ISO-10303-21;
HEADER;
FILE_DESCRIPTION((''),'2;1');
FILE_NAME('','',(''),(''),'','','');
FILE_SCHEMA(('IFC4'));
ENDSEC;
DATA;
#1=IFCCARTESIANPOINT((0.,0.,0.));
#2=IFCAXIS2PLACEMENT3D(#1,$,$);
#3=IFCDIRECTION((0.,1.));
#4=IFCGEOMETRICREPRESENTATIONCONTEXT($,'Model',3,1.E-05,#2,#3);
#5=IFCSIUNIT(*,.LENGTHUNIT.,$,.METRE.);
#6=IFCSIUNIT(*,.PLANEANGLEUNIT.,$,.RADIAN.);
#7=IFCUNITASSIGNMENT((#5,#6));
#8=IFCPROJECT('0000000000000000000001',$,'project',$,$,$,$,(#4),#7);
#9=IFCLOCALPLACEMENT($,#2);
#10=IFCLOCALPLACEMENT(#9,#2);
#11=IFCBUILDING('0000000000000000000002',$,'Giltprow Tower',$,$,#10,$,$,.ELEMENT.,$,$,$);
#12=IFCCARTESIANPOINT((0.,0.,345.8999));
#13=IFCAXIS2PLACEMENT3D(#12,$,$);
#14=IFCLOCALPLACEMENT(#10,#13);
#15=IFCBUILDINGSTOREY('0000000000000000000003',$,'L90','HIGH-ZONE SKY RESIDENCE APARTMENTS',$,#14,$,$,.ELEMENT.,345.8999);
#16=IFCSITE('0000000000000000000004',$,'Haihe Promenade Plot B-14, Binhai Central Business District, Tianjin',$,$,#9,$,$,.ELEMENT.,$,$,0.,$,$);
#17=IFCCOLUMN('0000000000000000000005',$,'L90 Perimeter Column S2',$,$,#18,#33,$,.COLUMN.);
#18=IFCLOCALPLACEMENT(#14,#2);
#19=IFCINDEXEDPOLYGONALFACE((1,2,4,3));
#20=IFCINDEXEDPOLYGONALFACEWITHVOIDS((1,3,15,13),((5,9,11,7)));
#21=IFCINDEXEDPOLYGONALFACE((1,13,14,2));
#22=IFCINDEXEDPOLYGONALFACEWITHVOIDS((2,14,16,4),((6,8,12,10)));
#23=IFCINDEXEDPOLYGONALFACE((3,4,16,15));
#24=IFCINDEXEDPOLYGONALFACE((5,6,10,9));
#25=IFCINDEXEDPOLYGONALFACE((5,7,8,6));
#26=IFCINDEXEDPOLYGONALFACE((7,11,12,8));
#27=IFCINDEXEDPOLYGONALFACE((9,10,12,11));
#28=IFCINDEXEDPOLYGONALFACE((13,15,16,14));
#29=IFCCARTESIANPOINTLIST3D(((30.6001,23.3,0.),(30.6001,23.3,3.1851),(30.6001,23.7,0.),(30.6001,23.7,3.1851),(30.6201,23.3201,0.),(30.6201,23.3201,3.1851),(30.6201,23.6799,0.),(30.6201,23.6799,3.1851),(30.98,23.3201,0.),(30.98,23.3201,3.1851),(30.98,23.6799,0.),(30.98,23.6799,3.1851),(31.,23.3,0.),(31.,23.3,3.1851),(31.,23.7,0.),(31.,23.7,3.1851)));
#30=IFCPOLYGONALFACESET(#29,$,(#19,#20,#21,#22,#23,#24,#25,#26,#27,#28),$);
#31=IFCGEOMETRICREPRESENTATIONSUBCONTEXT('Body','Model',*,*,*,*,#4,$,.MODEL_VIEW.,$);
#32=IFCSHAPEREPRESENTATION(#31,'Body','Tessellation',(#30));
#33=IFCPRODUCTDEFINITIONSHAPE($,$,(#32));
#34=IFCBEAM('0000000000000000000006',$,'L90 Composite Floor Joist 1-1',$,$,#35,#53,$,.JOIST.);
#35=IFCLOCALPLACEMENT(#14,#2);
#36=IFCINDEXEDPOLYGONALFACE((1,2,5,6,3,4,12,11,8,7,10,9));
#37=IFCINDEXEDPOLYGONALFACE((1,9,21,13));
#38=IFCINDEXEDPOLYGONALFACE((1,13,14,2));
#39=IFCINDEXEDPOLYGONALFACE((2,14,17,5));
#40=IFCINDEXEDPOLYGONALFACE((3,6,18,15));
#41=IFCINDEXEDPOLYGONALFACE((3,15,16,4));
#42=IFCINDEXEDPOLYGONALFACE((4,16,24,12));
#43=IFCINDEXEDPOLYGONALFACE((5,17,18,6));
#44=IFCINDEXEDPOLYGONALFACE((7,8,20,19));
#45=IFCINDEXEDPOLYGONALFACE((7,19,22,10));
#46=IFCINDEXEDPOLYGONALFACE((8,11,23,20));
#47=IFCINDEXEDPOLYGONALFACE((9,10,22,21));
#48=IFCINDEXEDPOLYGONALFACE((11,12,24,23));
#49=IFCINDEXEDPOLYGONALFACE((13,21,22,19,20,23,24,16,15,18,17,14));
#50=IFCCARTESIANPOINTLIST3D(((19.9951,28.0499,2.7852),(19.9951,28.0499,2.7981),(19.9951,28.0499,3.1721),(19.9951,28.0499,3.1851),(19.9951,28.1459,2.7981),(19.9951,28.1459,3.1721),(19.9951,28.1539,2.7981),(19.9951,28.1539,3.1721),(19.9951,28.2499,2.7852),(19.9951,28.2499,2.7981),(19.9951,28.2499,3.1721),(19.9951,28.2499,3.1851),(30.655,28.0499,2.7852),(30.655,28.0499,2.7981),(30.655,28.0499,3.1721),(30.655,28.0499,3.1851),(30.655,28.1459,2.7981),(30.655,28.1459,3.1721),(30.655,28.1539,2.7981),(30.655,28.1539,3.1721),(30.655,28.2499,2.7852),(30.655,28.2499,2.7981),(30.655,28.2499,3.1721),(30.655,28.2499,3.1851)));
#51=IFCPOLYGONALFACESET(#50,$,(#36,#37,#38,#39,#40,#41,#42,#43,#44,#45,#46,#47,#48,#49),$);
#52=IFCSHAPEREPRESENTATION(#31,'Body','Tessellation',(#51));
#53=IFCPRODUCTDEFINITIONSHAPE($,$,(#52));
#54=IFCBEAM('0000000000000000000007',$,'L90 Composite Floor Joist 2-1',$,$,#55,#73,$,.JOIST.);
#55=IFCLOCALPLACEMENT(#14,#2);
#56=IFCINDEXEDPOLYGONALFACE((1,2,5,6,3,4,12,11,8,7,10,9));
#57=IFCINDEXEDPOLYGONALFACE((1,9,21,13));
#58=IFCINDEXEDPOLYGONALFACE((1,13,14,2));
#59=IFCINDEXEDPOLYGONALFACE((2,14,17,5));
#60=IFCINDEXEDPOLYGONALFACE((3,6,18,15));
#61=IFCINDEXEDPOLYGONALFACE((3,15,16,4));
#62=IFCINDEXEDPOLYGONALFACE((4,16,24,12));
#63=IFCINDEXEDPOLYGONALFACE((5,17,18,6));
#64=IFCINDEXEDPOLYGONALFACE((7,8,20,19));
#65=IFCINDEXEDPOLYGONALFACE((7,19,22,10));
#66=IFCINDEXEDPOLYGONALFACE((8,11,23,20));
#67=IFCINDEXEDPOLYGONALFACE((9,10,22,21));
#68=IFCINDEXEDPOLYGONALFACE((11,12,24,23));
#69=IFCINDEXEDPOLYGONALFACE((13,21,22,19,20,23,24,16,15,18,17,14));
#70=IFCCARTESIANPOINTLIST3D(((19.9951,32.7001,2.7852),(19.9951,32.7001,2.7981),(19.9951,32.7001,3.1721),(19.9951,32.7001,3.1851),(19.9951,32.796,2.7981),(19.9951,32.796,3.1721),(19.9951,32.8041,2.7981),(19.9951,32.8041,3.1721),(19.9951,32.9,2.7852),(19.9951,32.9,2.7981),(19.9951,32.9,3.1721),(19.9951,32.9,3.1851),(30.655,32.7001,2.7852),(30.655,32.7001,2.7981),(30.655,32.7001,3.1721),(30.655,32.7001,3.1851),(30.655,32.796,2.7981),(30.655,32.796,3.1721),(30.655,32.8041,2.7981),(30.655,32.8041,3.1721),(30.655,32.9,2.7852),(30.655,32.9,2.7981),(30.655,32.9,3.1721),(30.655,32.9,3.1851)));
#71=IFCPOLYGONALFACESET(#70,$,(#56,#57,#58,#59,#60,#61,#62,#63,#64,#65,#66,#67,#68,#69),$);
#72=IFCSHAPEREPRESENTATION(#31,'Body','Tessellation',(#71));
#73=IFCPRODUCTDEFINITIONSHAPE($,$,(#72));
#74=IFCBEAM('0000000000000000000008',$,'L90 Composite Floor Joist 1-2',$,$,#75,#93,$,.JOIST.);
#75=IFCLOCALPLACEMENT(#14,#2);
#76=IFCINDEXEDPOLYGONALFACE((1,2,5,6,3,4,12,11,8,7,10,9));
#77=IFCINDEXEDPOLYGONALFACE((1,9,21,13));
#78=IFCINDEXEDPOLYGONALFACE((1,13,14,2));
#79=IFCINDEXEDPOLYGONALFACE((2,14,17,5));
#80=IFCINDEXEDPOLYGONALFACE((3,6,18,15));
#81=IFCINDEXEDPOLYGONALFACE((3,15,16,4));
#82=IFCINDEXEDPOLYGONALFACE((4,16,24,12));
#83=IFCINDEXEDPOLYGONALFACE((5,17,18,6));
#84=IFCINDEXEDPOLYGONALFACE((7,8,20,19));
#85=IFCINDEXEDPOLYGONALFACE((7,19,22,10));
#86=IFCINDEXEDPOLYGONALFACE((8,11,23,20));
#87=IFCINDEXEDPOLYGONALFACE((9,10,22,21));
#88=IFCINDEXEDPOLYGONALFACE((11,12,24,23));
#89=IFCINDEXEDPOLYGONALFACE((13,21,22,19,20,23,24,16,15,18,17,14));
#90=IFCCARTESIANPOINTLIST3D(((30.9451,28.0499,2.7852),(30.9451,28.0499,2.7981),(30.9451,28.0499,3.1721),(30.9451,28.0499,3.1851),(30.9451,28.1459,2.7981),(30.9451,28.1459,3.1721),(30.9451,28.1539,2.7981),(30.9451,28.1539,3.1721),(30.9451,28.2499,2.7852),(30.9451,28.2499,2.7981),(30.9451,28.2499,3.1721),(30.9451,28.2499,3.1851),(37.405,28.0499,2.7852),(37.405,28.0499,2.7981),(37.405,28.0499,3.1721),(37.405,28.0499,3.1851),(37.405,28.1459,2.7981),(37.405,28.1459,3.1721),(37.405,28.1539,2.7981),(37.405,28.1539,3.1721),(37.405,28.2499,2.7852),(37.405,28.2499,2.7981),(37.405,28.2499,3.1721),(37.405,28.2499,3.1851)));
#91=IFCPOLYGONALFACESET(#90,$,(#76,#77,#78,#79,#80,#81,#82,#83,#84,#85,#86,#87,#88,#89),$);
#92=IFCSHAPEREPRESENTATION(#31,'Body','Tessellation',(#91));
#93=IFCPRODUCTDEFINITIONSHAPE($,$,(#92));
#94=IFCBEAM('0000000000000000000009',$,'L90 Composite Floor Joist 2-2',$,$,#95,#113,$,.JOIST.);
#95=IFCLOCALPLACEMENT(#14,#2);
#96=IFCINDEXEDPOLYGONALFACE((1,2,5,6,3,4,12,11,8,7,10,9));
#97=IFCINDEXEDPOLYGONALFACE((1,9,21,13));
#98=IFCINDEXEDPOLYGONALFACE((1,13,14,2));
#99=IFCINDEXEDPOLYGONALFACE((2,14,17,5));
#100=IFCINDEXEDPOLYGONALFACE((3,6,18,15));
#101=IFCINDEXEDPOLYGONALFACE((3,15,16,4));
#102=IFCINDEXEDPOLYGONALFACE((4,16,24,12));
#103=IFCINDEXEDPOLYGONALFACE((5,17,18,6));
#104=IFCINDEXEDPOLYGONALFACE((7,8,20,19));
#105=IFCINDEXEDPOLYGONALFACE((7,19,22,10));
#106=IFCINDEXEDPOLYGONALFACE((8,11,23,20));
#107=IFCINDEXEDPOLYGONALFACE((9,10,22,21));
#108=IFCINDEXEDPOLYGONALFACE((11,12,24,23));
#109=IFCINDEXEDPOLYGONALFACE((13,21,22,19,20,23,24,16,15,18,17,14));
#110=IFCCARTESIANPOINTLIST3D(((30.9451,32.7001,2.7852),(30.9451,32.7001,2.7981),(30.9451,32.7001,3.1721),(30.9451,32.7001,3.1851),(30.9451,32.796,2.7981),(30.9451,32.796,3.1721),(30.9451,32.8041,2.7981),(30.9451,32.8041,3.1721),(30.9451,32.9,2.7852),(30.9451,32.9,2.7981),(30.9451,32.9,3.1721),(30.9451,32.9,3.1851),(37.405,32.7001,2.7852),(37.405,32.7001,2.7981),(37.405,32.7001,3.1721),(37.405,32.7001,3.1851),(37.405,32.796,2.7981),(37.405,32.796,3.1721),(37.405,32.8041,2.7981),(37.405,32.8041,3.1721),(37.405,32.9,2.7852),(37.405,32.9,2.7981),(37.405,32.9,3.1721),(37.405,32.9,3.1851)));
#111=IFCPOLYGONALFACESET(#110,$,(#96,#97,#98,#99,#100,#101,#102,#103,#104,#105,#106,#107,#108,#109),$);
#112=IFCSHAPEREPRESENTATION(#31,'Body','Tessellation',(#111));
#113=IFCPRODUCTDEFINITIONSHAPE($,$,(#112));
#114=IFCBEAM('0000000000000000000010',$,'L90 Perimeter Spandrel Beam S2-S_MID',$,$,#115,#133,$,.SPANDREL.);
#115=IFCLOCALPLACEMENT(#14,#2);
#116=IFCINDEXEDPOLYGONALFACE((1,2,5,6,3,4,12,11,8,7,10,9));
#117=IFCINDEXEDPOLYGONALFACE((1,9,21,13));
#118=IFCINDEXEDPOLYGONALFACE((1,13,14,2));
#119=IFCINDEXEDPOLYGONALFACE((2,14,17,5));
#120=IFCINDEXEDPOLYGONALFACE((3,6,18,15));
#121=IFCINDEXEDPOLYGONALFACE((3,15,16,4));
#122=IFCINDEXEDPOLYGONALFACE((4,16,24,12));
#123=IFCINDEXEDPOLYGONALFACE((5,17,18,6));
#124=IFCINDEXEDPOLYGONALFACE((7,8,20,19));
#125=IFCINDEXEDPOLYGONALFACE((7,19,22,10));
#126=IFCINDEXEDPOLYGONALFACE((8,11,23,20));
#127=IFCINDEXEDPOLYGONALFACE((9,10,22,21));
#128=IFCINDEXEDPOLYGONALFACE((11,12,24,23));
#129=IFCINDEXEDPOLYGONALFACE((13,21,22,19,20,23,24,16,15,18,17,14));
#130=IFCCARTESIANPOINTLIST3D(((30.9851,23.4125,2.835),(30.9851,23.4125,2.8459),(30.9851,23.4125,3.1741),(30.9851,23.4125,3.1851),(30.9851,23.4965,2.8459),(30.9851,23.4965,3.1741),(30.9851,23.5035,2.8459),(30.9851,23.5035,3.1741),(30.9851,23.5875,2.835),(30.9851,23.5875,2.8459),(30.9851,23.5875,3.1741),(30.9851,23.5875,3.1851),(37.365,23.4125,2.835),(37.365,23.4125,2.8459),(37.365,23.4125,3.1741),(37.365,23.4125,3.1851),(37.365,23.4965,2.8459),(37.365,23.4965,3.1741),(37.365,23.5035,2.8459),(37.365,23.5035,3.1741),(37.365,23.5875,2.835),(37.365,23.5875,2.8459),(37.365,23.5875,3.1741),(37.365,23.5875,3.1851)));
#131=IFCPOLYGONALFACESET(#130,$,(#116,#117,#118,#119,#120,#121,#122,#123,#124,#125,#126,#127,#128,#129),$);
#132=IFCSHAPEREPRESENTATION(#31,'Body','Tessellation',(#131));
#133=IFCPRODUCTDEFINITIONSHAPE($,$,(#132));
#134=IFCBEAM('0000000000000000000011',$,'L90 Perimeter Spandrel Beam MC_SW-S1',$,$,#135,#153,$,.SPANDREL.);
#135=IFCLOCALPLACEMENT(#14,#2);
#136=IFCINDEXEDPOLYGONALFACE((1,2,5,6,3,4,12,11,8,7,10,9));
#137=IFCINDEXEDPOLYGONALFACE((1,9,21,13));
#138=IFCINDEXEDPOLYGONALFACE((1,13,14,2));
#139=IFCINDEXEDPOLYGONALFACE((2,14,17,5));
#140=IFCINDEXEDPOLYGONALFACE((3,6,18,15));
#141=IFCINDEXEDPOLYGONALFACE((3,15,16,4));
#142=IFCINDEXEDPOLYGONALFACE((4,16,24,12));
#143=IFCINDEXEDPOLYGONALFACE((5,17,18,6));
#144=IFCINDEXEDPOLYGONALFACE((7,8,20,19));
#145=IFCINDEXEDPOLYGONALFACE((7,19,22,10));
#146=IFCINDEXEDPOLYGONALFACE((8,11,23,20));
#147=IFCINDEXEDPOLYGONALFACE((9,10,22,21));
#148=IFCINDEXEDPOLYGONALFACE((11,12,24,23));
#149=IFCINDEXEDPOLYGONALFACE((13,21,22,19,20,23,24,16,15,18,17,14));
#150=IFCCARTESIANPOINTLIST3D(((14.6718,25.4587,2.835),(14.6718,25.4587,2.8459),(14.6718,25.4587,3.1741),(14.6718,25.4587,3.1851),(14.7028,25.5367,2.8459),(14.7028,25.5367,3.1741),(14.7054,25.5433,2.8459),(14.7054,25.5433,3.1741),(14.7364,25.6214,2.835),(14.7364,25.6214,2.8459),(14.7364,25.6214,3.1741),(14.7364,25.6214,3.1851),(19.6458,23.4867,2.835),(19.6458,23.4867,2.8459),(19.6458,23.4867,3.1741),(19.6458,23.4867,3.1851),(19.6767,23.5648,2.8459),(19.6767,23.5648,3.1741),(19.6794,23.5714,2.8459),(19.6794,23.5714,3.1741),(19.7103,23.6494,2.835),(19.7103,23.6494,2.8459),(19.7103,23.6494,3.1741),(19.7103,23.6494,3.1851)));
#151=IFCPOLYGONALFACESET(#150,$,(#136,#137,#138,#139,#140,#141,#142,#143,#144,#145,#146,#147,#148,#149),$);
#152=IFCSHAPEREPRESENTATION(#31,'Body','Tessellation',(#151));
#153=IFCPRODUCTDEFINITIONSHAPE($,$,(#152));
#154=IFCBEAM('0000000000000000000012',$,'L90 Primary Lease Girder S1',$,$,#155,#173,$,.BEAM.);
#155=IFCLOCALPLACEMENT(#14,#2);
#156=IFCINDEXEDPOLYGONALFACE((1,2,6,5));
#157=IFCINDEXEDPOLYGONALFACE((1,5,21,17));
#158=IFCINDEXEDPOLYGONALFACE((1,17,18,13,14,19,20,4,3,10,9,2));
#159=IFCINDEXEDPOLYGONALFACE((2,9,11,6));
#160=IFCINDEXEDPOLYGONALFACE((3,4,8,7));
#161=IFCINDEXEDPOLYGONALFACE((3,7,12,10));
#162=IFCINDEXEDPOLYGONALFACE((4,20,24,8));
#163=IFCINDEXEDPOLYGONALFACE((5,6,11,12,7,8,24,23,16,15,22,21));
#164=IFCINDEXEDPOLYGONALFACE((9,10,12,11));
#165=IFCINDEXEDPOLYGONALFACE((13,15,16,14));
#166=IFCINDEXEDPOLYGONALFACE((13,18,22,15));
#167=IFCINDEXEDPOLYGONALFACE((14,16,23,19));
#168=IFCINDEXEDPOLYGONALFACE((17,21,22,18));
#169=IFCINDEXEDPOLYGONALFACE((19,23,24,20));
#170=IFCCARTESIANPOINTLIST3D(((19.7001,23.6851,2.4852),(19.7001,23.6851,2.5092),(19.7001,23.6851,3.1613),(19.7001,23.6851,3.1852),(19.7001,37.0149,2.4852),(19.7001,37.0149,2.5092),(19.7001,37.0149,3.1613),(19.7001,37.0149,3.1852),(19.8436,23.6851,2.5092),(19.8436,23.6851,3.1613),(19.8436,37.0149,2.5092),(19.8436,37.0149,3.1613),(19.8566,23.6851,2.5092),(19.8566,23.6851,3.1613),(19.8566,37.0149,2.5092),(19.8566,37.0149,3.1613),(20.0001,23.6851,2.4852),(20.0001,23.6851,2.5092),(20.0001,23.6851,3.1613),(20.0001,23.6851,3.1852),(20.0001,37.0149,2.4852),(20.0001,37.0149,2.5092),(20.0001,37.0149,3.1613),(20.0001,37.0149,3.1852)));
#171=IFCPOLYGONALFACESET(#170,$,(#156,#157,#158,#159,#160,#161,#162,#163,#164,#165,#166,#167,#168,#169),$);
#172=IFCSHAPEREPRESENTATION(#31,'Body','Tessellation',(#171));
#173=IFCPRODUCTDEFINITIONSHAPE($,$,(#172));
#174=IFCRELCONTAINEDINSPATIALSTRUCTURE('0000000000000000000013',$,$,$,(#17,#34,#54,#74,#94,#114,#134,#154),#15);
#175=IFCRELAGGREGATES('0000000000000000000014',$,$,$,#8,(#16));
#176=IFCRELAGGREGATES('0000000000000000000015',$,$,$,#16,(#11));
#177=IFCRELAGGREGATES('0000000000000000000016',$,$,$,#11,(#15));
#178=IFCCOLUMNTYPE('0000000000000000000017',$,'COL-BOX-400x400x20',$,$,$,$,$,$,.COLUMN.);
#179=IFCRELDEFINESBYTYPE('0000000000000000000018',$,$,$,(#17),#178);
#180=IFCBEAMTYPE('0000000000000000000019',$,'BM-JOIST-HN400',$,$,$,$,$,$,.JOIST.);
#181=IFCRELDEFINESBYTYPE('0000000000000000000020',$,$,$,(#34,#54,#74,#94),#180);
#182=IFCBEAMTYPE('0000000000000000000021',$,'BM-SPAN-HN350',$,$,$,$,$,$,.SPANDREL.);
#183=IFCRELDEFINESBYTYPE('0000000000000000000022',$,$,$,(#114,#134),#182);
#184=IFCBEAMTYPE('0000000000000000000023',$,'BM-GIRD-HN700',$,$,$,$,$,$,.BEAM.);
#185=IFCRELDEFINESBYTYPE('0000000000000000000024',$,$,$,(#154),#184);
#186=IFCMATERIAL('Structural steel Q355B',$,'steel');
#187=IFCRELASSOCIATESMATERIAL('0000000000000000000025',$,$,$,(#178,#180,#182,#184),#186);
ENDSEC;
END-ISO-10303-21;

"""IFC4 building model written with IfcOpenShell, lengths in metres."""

from ifc_helpers import new_model, si_unit, direction, frame, origin, origin_2d, place, context, subcontext, project, spatial, hollow_rectangle, i_section, extrude, source, transform, mapped, material, material_profile, profile_set, type_object, element, save


model = new_model("IFC4")

# Units and contexts
model_context = context("Model", 3, precision=1e-05, world=origin(), true_north=direction((0.0, 1.0)))
body_context = subcontext(model_context, "Body", "Model", "MODEL_VIEW")
ifc_project = project(units=[si_unit("LENGTHUNIT", "METRE"), si_unit("PLANEANGLEUNIT", "RADIAN")], contexts=[model_context])

# Site, building, storey
site_placement = place(None, origin())
site = spatial("IfcSite", under=ifc_project, at=site_placement, Name="Haihe Promenade Plot B-14, Binhai Central Business District, Tianjin", CompositionType="ELEMENT", RefElevation=0.0)
building_placement = place(site_placement, origin())
building = spatial("IfcBuilding", under=site, at=building_placement, Name="Giltprow Tower", CompositionType="ELEMENT")
storey_placement = place(building_placement, frame((0.0, 0.0, 345.8999)))
storey = spatial("IfcBuildingStorey", under=building, at=storey_placement, Name="L90", Description="HIGH-ZONE SKY RESIDENCE APARTMENTS", CompositionType="ELEMENT", Elevation=345.8999)

# Column
ifc_material_1 = material(Name="Structural steel Q355B", Category="steel")
ifc_material_profile_1 = material_profile(ifc_material_1, hollow_rectangle(XDim=0.3999, YDim=0.3999, WallThickness=0.02, at=origin_2d()), Name="BOX 400x400x20")
ifc_profile_set_1 = profile_set([ifc_material_profile_1], Name="Structural steel Q355B")
column_type = type_object("IfcColumnType", Name="COL-BOX-400x400x20", PredefinedType="COLUMN", material=ifc_profile_set_1)
shared_shape_1 = source(origin(), body_context, "Body", "SweptSolid", [
    extrude(hollow_rectangle(XDim=0.3999, YDim=0.3999, WallThickness=0.02, at=origin_2d()), origin(), (0.0, 0.0, 1.0), 3.1851),
])
column_placement = place(storey_placement, frame((30.8, 23.5, 0.0), z_axis=(0.0, 0.0, 1.0), x_axis=(1.0, 0.0, 0.0)))
element("IfcColumn", 1, at=column_placement, inside=storey, type_object=column_type, Name="L90 Perimeter Column S2", PredefinedType="COLUMN", context=body_context, shape_type="MappedRepresentation", body=[
    mapped(shared_shape_1, transform((0.0, 0.0, 0.0), x_axis=(1.0, 0.0, 0.0), y_axis=(0.0, 1.0, 0.0), z_axis=(0.0, 0.0, 1.0), scale=1.0)),
])

# Beams
ifc_material_profile_2 = material_profile(ifc_material_1, i_section(OverallWidth=0.2, OverallDepth=0.3999, WebThickness=0.0081, FlangeThickness=0.0129, at=origin_2d()), Name="HN 400x200x8x13")
ifc_profile_set_2 = profile_set([ifc_material_profile_2], Name="Structural steel Q355B")
beam_type_1 = type_object("IfcBeamType", Name="BM-JOIST-HN400", PredefinedType="JOIST", material=ifc_profile_set_2)
shared_shape_2 = source(origin(), body_context, "Body", "SweptSolid", [
    extrude(i_section(OverallWidth=0.2, OverallDepth=0.3999, WebThickness=0.0081, FlangeThickness=0.0129, at=origin_2d()), origin(), (0.0, 0.0, 1.0), 10.6599),
])
for number, where, z_axis, x_axis, name in (
    (2, (19.9951, 28.1499, 2.9851), (1.0, 0.0, 0.0), (0.0, 1.0, 0.0), "L90 Composite Floor Joist 1-1"),
    (3, (19.9951, 32.8, 2.9851), (1.0, 0.0, 0.0), (0.0, 1.0, 0.0), "L90 Composite Floor Joist 2-1"),
):
    element("IfcBeam", number, at=place(storey_placement, frame(where, z_axis=z_axis, x_axis=x_axis)), inside=storey, type_object=beam_type_1, Name=name, PredefinedType="JOIST", context=body_context, shape_type="MappedRepresentation", body=[
        mapped(shared_shape_2, transform((0.0, 0.0, 0.0), x_axis=(1.0, 0.0, 0.0), y_axis=(0.0, 1.0, 0.0), z_axis=(0.0, 0.0, 1.0), scale=1.0)),
    ])
shared_shape_3 = source(origin(), body_context, "Body", "SweptSolid", [
    extrude(i_section(OverallWidth=0.2, OverallDepth=0.3999, WebThickness=0.0081, FlangeThickness=0.0129, at=origin_2d()), origin(), (0.0, 0.0, 1.0), 6.46),
])
for number, where, z_axis, x_axis, name in (
    (4, (30.9451, 28.1499, 2.9851), (1.0, 0.0, 0.0), (0.0, 1.0, 0.0), "L90 Composite Floor Joist 1-2"),
    (5, (30.9451, 32.8, 2.9851), (1.0, 0.0, 0.0), (0.0, 1.0, 0.0), "L90 Composite Floor Joist 2-2"),
):
    element("IfcBeam", number, at=place(storey_placement, frame(where, z_axis=z_axis, x_axis=x_axis)), inside=storey, type_object=beam_type_1, Name=name, PredefinedType="JOIST", context=body_context, shape_type="MappedRepresentation", body=[
        mapped(shared_shape_3, transform((0.0, 0.0, 0.0), x_axis=(1.0, 0.0, 0.0), y_axis=(0.0, 1.0, 0.0), z_axis=(0.0, 0.0, 1.0), scale=1.0)),
    ])
ifc_material_profile_3 = material_profile(ifc_material_1, i_section(OverallWidth=0.175, OverallDepth=0.3501, WebThickness=0.0071, FlangeThickness=0.011, at=origin_2d()), Name="HN 350x175x7x11")
ifc_profile_set_3 = profile_set([ifc_material_profile_3], Name="Structural steel Q355B")
beam_type_2 = type_object("IfcBeamType", Name="BM-SPAN-HN350", PredefinedType="SPANDREL", material=ifc_profile_set_3)
shared_shape_4 = source(origin(), body_context, "Body", "SweptSolid", [
    extrude(i_section(OverallWidth=0.175, OverallDepth=0.3501, WebThickness=0.0071, FlangeThickness=0.011, at=origin_2d()), origin(), (0.0, 0.0, 1.0), 6.3799),
])
beam_1_placement = place(storey_placement, frame((30.9851, 23.5, 3.01), z_axis=(1.0, 0.0, 0.0), x_axis=(0.0, 1.0, 0.0)))
element("IfcBeam", 6, at=beam_1_placement, inside=storey, type_object=beam_type_2, Name="L90 Perimeter Spandrel Beam S2-S_MID", PredefinedType="SPANDREL", context=body_context, shape_type="MappedRepresentation", body=[
    mapped(shared_shape_4, transform((0.0, 0.0, 0.0), x_axis=(1.0, 0.0, 0.0), y_axis=(0.0, 1.0, 0.0), z_axis=(0.0, 0.0, 1.0), scale=1.0)),
])
shared_shape_5 = source(origin(), body_context, "Body", "SweptSolid", [
    extrude(i_section(OverallWidth=0.175, OverallDepth=0.3501, WebThickness=0.0071, FlangeThickness=0.011, at=origin_2d()), origin(), (0.0, 0.0, 1.0), 5.3506),
])
beam_2_placement = place(storey_placement, frame((14.7041, 25.54, 3.01), z_axis=(0.929608, -0.368549, 0.0), x_axis=(0.368549, 0.929608, 0.0)))
element("IfcBeam", 7, at=beam_2_placement, inside=storey, type_object=beam_type_2, Name="L90 Perimeter Spandrel Beam MC_SW-S1", PredefinedType="SPANDREL", context=body_context, shape_type="MappedRepresentation", body=[
    mapped(shared_shape_5, transform((0.0, 0.0, 0.0), x_axis=(1.0, 0.0, 0.0), y_axis=(0.0, 1.0, 0.0), z_axis=(0.0, 0.0, 1.0), scale=1.0)),
])
ifc_material_profile_4 = material_profile(ifc_material_1, i_section(OverallWidth=0.3, OverallDepth=0.7, WebThickness=0.0129, FlangeThickness=0.0239, at=origin_2d()), Name="HN 700x300x13x24")
ifc_profile_set_4 = profile_set([ifc_material_profile_4], Name="Structural steel Q355B")
beam_type_3 = type_object("IfcBeamType", Name="BM-GIRD-HN700", PredefinedType="BEAM", material=ifc_profile_set_4)
shared_shape_6 = source(origin(), body_context, "Body", "SweptSolid", [
    extrude(i_section(OverallWidth=0.3, OverallDepth=0.7, WebThickness=0.0129, FlangeThickness=0.0239, at=origin_2d()), origin(), (0.0, 0.0, 1.0), 13.3298),
])
for number, where, z_axis, x_axis, name in (
    (8, (19.8501, 23.6851, 2.8352), (0.0, 1.0, 0.0), (-1.0, 0.0, 0.0), "L90 Primary Lease Girder S1"),
):
    element("IfcBeam", number, at=place(storey_placement, frame(where, z_axis=z_axis, x_axis=x_axis)), inside=storey, type_object=beam_type_3, Name=name, PredefinedType="BEAM", context=body_context, shape_type="MappedRepresentation", body=[
        mapped(shared_shape_6, transform((0.0, 0.0, 0.0), x_axis=(1.0, 0.0, 0.0), y_axis=(0.0, 1.0, 0.0), z_axis=(0.0, 0.0, 1.0), scale=1.0)),
    ])

save(model, "model.ifc")
